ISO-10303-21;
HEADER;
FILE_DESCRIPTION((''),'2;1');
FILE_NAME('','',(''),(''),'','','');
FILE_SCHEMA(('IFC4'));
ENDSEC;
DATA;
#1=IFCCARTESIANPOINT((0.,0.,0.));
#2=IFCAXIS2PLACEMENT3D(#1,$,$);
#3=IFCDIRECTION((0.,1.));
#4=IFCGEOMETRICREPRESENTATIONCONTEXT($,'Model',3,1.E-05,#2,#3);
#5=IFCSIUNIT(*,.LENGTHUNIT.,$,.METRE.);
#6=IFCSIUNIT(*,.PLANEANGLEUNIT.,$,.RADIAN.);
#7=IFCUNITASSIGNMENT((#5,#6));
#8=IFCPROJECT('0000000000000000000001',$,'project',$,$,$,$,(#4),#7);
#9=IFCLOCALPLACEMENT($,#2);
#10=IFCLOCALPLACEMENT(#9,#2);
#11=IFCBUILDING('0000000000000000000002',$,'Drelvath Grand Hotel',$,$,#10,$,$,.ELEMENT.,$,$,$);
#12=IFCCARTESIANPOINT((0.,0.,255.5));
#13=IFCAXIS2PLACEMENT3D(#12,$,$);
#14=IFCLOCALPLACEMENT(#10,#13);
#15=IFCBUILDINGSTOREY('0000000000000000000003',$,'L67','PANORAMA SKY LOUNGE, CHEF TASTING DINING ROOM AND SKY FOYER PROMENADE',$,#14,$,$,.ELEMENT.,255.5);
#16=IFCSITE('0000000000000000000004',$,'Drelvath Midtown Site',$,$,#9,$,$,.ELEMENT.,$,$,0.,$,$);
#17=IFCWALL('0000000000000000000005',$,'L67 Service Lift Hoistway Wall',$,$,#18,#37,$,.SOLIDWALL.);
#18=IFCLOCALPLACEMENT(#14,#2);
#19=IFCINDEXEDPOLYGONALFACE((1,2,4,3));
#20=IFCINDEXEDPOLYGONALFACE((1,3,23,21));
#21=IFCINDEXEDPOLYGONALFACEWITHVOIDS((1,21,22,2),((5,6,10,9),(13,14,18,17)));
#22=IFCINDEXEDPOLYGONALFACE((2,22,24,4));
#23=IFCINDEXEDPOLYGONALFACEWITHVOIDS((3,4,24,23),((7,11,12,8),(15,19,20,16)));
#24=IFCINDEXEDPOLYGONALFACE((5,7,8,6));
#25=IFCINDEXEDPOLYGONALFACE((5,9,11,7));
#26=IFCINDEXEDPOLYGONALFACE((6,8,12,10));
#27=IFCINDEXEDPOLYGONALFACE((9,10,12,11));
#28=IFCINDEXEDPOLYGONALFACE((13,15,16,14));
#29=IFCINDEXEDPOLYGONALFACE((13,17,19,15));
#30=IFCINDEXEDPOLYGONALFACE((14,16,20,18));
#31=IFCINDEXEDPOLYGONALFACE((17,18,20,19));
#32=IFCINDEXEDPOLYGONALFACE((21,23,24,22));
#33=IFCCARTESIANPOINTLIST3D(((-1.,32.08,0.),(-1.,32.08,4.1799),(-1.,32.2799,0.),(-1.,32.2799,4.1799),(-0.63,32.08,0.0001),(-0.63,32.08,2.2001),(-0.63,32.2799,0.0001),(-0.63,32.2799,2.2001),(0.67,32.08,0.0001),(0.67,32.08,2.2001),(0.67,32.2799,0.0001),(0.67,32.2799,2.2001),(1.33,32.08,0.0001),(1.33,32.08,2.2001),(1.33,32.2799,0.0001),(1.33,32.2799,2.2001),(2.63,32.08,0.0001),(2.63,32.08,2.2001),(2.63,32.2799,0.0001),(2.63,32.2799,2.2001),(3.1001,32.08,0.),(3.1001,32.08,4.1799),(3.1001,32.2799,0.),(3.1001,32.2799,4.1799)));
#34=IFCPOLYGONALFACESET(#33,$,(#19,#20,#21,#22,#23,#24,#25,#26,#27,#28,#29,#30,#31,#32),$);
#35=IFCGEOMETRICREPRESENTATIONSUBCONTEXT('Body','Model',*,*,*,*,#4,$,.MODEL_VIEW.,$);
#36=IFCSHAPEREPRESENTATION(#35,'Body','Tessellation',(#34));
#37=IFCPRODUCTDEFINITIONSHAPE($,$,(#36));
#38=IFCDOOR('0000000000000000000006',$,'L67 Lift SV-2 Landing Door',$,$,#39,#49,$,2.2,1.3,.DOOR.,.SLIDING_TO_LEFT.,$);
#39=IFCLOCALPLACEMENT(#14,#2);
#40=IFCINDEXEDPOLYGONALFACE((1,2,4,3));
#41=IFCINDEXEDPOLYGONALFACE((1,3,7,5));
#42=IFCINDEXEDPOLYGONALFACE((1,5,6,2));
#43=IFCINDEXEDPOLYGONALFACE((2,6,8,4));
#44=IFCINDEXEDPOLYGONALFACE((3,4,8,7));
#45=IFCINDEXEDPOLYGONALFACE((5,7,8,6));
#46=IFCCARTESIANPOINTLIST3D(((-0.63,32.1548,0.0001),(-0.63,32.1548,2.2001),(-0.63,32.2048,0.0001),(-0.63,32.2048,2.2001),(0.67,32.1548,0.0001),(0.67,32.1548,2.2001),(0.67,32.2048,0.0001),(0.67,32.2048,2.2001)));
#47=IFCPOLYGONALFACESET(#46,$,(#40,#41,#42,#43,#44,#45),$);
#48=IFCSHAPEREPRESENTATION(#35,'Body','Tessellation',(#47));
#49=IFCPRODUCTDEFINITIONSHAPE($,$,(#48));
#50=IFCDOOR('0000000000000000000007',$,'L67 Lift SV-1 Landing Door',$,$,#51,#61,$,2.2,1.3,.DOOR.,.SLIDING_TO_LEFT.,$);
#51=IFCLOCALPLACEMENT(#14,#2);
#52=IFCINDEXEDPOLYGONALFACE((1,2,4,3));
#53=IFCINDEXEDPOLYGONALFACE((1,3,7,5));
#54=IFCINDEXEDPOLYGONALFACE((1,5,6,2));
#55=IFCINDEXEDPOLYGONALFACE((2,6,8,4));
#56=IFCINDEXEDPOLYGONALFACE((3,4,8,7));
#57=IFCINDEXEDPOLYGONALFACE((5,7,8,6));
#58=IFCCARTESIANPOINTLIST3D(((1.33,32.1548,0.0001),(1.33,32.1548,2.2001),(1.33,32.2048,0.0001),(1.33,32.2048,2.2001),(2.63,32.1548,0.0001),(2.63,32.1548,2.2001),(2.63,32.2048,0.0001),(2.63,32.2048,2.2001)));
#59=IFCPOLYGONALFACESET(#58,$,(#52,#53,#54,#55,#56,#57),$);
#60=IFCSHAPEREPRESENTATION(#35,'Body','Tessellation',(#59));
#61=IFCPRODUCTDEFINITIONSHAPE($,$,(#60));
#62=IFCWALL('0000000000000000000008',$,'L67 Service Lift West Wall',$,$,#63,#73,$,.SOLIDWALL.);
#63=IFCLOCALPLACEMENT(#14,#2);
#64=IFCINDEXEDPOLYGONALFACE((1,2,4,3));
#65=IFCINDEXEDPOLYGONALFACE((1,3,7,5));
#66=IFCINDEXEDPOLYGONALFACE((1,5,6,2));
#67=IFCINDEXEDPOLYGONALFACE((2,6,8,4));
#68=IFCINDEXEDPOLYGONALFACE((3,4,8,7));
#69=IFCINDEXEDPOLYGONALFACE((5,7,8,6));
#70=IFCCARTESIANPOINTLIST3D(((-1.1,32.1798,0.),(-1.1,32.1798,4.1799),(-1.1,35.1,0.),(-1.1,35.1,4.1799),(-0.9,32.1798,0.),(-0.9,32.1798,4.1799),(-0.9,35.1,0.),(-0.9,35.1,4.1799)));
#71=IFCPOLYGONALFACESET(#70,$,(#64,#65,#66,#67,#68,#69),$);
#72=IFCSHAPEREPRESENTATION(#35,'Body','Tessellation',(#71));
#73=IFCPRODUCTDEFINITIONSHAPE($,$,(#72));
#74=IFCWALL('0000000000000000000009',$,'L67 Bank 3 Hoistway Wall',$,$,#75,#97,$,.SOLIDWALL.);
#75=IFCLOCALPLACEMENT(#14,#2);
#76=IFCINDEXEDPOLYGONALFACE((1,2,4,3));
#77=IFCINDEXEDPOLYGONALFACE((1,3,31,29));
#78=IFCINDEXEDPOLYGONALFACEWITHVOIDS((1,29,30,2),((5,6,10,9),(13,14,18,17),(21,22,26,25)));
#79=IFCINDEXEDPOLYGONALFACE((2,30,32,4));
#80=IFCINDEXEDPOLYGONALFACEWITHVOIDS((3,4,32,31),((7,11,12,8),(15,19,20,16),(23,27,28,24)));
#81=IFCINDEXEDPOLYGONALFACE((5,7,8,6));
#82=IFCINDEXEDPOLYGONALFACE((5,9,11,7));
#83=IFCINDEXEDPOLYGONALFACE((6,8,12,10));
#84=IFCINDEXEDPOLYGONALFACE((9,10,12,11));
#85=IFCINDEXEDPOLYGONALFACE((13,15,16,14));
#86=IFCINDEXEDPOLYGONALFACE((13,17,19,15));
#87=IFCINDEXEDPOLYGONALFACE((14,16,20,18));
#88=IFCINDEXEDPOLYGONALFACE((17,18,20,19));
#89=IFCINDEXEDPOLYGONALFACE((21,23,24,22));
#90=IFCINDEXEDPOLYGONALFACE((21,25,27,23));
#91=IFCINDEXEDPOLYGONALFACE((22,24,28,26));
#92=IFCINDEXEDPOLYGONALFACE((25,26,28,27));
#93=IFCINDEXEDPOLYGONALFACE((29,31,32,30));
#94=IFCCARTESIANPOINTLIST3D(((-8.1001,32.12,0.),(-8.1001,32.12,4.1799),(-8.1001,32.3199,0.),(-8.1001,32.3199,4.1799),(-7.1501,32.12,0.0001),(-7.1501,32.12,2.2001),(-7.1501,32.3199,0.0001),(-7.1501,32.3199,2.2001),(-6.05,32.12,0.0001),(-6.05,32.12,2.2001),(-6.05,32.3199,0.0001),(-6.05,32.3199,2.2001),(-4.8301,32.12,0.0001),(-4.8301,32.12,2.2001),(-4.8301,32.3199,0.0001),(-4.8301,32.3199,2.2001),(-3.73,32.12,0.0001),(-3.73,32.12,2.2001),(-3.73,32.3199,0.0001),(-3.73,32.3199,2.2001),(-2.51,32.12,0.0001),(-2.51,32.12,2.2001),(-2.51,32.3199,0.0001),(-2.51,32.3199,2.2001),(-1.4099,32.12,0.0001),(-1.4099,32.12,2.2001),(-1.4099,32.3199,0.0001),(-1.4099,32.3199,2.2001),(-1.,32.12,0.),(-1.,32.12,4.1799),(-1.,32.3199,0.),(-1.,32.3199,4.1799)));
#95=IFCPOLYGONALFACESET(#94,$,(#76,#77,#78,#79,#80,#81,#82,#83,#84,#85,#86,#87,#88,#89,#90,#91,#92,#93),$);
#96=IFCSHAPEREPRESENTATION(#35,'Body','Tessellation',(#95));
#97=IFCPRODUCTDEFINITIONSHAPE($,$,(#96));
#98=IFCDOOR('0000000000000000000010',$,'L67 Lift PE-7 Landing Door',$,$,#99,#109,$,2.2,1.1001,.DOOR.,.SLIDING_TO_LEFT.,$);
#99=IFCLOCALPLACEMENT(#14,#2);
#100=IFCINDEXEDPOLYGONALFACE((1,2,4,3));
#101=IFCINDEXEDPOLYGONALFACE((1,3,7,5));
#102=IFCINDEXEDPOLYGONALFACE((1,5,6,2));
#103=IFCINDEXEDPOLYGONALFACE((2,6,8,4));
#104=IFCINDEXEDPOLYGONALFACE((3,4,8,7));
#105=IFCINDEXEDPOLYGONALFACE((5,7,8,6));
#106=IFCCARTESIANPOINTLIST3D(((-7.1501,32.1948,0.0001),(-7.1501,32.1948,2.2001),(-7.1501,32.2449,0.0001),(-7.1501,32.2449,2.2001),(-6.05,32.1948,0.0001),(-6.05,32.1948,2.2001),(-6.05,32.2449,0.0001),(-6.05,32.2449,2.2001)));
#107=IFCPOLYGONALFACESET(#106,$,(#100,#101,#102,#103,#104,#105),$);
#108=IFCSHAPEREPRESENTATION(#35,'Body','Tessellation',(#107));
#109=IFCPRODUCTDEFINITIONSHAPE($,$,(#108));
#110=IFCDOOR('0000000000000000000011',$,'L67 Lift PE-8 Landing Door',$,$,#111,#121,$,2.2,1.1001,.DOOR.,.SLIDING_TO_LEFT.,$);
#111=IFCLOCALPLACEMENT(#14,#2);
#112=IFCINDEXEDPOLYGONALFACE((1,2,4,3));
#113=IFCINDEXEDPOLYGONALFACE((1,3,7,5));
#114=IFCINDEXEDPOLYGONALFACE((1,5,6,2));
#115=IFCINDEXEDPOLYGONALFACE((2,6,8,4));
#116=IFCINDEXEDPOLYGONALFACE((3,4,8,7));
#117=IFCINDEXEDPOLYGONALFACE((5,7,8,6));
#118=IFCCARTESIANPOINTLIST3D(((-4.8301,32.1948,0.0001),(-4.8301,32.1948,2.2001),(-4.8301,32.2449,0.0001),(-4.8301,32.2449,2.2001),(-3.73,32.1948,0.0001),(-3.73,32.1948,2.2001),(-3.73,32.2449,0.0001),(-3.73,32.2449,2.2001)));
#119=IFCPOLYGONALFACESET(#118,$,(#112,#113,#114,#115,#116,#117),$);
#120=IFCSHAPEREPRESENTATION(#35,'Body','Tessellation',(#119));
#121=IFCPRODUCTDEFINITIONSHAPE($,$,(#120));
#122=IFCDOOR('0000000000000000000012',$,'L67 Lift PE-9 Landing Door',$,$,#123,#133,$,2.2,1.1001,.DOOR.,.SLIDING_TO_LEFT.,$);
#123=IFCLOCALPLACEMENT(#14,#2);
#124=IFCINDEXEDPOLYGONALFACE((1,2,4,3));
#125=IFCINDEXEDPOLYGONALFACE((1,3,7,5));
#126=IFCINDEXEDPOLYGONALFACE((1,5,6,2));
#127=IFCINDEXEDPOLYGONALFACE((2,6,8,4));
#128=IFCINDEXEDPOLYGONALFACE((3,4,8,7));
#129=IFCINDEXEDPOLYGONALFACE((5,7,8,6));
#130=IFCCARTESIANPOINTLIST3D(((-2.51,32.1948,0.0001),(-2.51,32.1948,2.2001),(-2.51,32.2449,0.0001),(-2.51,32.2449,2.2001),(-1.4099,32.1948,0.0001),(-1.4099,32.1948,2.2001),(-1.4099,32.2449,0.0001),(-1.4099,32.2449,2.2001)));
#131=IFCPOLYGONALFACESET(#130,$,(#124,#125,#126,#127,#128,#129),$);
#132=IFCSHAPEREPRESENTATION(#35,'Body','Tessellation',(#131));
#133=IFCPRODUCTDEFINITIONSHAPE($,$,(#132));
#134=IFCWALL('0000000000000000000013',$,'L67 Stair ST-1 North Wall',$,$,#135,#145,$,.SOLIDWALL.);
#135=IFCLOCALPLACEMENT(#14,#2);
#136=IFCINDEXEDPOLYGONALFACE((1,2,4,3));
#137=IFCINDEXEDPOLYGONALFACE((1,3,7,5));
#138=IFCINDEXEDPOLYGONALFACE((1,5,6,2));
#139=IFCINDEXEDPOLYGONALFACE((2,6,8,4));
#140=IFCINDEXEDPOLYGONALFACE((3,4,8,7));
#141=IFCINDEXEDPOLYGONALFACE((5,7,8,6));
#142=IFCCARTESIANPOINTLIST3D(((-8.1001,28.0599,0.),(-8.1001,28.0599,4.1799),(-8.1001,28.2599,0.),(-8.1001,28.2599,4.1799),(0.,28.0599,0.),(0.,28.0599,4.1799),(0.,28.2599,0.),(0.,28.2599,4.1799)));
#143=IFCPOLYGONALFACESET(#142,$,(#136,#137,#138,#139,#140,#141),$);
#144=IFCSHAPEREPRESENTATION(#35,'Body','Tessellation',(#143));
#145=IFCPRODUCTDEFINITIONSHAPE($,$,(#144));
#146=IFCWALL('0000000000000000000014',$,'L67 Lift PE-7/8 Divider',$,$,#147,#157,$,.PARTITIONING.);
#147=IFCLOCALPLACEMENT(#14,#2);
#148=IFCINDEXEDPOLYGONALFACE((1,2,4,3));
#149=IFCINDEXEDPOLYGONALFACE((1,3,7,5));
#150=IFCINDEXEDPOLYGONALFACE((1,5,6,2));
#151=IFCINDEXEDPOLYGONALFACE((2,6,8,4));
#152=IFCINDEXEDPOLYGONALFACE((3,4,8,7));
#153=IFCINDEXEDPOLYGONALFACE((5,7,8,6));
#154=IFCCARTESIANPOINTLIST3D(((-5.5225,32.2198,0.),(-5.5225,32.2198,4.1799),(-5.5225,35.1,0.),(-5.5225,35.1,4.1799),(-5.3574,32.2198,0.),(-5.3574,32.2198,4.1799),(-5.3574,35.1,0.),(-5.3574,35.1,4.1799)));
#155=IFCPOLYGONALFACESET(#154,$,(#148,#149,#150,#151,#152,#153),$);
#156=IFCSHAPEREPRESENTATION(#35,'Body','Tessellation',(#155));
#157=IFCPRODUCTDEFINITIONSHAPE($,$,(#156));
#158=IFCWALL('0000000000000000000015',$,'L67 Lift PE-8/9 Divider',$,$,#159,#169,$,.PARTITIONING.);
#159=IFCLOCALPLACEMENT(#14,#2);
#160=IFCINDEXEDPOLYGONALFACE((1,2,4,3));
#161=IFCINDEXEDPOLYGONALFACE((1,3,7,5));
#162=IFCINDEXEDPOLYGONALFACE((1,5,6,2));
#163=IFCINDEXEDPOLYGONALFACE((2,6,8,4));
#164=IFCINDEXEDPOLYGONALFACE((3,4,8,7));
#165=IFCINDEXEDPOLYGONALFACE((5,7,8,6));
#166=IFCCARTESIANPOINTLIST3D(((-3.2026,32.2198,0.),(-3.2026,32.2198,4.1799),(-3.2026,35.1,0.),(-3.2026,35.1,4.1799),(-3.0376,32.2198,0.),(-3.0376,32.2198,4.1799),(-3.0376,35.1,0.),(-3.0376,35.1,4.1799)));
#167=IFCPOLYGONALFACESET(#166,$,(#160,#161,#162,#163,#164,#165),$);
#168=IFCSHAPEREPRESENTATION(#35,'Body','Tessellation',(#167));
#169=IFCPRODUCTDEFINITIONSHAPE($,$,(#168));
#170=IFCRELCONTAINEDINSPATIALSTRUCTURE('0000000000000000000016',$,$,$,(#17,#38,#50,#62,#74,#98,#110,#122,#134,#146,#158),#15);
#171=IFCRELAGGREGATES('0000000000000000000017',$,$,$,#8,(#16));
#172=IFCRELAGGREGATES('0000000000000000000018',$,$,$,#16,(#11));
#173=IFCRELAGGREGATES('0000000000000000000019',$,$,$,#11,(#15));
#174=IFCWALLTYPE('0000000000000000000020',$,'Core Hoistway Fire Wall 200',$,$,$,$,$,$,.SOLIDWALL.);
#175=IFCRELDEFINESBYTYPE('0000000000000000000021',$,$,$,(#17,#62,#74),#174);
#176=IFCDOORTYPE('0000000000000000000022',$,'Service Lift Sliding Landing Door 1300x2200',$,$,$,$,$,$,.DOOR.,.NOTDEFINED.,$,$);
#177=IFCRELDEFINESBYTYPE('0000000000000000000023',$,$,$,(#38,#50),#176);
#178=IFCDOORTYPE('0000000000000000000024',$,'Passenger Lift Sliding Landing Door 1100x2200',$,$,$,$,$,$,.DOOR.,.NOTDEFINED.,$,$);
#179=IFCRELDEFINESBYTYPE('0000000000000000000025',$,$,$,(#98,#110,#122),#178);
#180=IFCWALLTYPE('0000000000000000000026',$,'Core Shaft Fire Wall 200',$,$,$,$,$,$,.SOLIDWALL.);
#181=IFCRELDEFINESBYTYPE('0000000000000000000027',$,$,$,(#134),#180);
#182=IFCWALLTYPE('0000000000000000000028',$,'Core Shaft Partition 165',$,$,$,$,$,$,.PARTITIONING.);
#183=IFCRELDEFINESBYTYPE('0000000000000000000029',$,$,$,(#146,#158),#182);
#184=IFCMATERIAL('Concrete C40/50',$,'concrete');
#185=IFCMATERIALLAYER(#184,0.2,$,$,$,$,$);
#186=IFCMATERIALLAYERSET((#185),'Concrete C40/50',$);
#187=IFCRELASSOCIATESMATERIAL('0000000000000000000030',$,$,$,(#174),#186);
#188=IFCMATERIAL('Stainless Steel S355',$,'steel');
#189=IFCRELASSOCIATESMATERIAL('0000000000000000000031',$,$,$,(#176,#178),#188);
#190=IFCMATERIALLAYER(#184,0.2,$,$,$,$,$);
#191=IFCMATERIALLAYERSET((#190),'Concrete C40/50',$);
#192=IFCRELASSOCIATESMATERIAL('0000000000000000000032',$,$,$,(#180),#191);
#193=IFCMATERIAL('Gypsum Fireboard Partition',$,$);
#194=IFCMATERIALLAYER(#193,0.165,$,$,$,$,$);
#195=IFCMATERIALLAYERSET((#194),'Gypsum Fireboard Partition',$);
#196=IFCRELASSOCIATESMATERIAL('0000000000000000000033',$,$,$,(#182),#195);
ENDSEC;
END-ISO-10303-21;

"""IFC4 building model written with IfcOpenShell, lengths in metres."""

from ifc_helpers import new_model, si_unit, direction, frame, frame_2d, origin, place, context, subcontext, project, spatial, rectangle, extrude, material, layer, layer_set, type_object, element, fill, save


model = new_model("IFC4")

# Units and contexts
model_context = context("Model", 3, precision=1e-05, world=origin(), true_north=direction((0.0, 1.0)))
body_context = subcontext(model_context, "Body", "Model", "MODEL_VIEW")
ifc_project = project(units=[si_unit("LENGTHUNIT", "METRE"), si_unit("PLANEANGLEUNIT", "RADIAN")], contexts=[model_context])

# Site, building, storey
site_placement = place(None, origin())
site = spatial("IfcSite", under=ifc_project, at=site_placement, Name="Drelvath Midtown Site", CompositionType="ELEMENT", RefElevation=0.0)
building_placement = place(site_placement, origin())
building = spatial("IfcBuilding", under=site, at=building_placement, Name="Drelvath Grand Hotel", CompositionType="ELEMENT")
storey_placement = place(building_placement, frame((0.0, 0.0, 255.5)))
storey = spatial("IfcBuildingStorey", under=building, at=storey_placement, Name="L67", Description="PANORAMA SKY LOUNGE, CHEF TASTING DINING ROOM AND SKY FOYER PROMENADE", CompositionType="ELEMENT", Elevation=255.5)

# Wall, openings, doors
ifc_material_1 = material(Name="Concrete C40/50", Category="concrete")
ifc_layer_1 = layer(ifc_material_1, 0.2)
ifc_layer_set_1 = layer_set([ifc_layer_1], Name="Concrete C40/50")
wall_type_1 = type_object("IfcWallType", Name="Core Hoistway Fire Wall 200", PredefinedType="SOLIDWALL", material=ifc_layer_set_1)
wall_1_placement = place(storey_placement, frame((-1.0, 32.1799, 0.0), z_axis=(0.0, 0.0, 1.0), x_axis=(1.0, 0.0, 0.0)))
wall_1 = element("IfcWall", 1, at=wall_1_placement, inside=storey, type_object=wall_type_1, Name="L67 Service Lift Hoistway Wall", PredefinedType="SOLIDWALL", context=body_context, shape_type="SweptSolid", body=[
    extrude(rectangle(XDim=4.1001, YDim=0.2, at=frame_2d((2.05, 0.0))), origin(), (0.0, 0.0, 1.0), 4.1799),
])
opening_1_placement = place(wall_1_placement, frame((0.3701, 0.0, 0.0)))
opening_1 = element("IfcOpeningElement", 2, at=opening_1_placement, cuts=wall_1, PredefinedType="OPENING", context=body_context, shape_type="SweptSolid", body=[
    extrude(rectangle(XDim=1.3, YDim=2.2, at=frame_2d((0.6499, 1.1001))), frame((0.0, 0.1099, 0.0), z_axis=(0.0, -1.0, 0.0), x_axis=(1.0, 0.0, 0.0)), (0.0, 0.0, 1.0), 0.22),
])
opening_2_placement = place(wall_1_placement, frame((2.3301, 0.0, 0.0)))
opening_2 = element("IfcOpeningElement", 3, at=opening_2_placement, cuts=wall_1, PredefinedType="OPENING", context=body_context, shape_type="SweptSolid", body=[
    extrude(rectangle(XDim=1.3, YDim=2.2, at=frame_2d((0.6499, 1.1001))), frame((0.0, 0.1099, 0.0), z_axis=(0.0, -1.0, 0.0), x_axis=(1.0, 0.0, 0.0)), (0.0, 0.0, 1.0), 0.22),
])
ifc_material_2 = material(Name="Stainless Steel S355", Category="steel")
door_type_1 = type_object("IfcDoorType", Name="Service Lift Sliding Landing Door 1300x2200", OperationType="NOTDEFINED", PredefinedType="DOOR", material=ifc_material_2)
door_1_placement = place(opening_1_placement, origin())
door_1 = element("IfcDoor", 4, at=door_1_placement, inside=storey, type_object=door_type_1, Name="L67 Lift SV-2 Landing Door", OperationType="SLIDING_TO_LEFT", OverallHeight=2.2, OverallWidth=1.3, PredefinedType="DOOR", context=body_context, shape_type="SweptSolid", body=[
    extrude(rectangle(XDim=1.3, YDim=2.2, at=frame_2d((0.6499, 1.1001))), frame((0.0, 0.0249, 0.0), z_axis=(0.0, -1.0, 0.0), x_axis=(1.0, 0.0, 0.0)), (0.0, 0.0, 1.0), 0.05),
])
fill(opening_1, door_1)
door_2_placement = place(opening_2_placement, origin())
door_2 = element("IfcDoor", 5, at=door_2_placement, inside=storey, type_object=door_type_1, Name="L67 Lift SV-1 Landing Door", OperationType="SLIDING_TO_LEFT", OverallHeight=2.2, OverallWidth=1.3, PredefinedType="DOOR", context=body_context, shape_type="SweptSolid", body=[
    extrude(rectangle(XDim=1.3, YDim=2.2, at=frame_2d((0.6499, 1.1001))), frame((0.0, 0.0249, 0.0), z_axis=(0.0, -1.0, 0.0), x_axis=(1.0, 0.0, 0.0)), (0.0, 0.0, 1.0), 0.05),
])
fill(opening_2, door_2)

# Wall
wall_2_placement = place(storey_placement, frame((-1.0, 32.1799, 0.0), z_axis=(0.0, 0.0, 1.0), x_axis=(0.0, 1.0, 0.0)))
element("IfcWall", 6, at=wall_2_placement, inside=storey, type_object=wall_type_1, Name="L67 Service Lift West Wall", PredefinedType="SOLIDWALL", context=body_context, shape_type="SweptSolid", body=[
    extrude(rectangle(XDim=2.9202, YDim=0.2, at=frame_2d((1.46, 0.0))), origin(), (0.0, 0.0, 1.0), 4.1799),
])

# Wall, openings, doors
wall_3_placement = place(storey_placement, frame((-8.1001, 32.22, 0.0), z_axis=(0.0, 0.0, 1.0), x_axis=(1.0, 0.0, 0.0)))
wall_3 = element("IfcWall", 7, at=wall_3_placement, inside=storey, type_object=wall_type_1, Name="L67 Bank 3 Hoistway Wall", PredefinedType="SOLIDWALL", context=body_context, shape_type="SweptSolid", body=[
    extrude(rectangle(XDim=7.1001, YDim=0.2, at=frame_2d((3.55, 0.0))), origin(), (0.0, 0.0, 1.0), 4.1799),
])
opening_3_placement = place(wall_3_placement, frame((0.95, 0.0, 0.0)))
opening_3 = element("IfcOpeningElement", 8, at=opening_3_placement, cuts=wall_3, PredefinedType="OPENING", context=body_context, shape_type="SweptSolid", body=[
    extrude(rectangle(XDim=1.1001, YDim=2.2, at=frame_2d((0.55, 1.1001))), frame((0.0, 0.1099, 0.0), z_axis=(0.0, -1.0, 0.0), x_axis=(1.0, 0.0, 0.0)), (0.0, 0.0, 1.0), 0.22),
])
opening_4_placement = place(wall_3_placement, frame((3.27, 0.0, 0.0)))
opening_4 = element("IfcOpeningElement", 9, at=opening_4_placement, cuts=wall_3, PredefinedType="OPENING", context=body_context, shape_type="SweptSolid", body=[
    extrude(rectangle(XDim=1.1001, YDim=2.2, at=frame_2d((0.55, 1.1001))), frame((0.0, 0.1099, 0.0), z_axis=(0.0, -1.0, 0.0), x_axis=(1.0, 0.0, 0.0)), (0.0, 0.0, 1.0), 0.22),
])
opening_5_placement = place(wall_3_placement, frame((5.5901, 0.0, 0.0)))
opening_5 = element("IfcOpeningElement", 10, at=opening_5_placement, cuts=wall_3, PredefinedType="OPENING", context=body_context, shape_type="SweptSolid", body=[
    extrude(rectangle(XDim=1.1001, YDim=2.2, at=frame_2d((0.55, 1.1001))), frame((0.0, 0.1099, 0.0), z_axis=(0.0, -1.0, 0.0), x_axis=(1.0, 0.0, 0.0)), (0.0, 0.0, 1.0), 0.22),
])
door_type_2 = type_object("IfcDoorType", Name="Passenger Lift Sliding Landing Door 1100x2200", OperationType="NOTDEFINED", PredefinedType="DOOR", material=ifc_material_2)
door_3_placement = place(opening_3_placement, origin())
door_3 = element("IfcDoor", 11, at=door_3_placement, inside=storey, type_object=door_type_2, Name="L67 Lift PE-7 Landing Door", OperationType="SLIDING_TO_LEFT", OverallHeight=2.2, OverallWidth=1.1001, PredefinedType="DOOR", context=body_context, shape_type="SweptSolid", body=[
    extrude(rectangle(XDim=1.1001, YDim=2.2, at=frame_2d((0.55, 1.1001))), frame((0.0, 0.0249, 0.0), z_axis=(0.0, -1.0, 0.0), x_axis=(1.0, 0.0, 0.0)), (0.0, 0.0, 1.0), 0.05),
])
fill(opening_3, door_3)
door_4_placement = place(opening_4_placement, origin())
door_4 = element("IfcDoor", 12, at=door_4_placement, inside=storey, type_object=door_type_2, Name="L67 Lift PE-8 Landing Door", OperationType="SLIDING_TO_LEFT", OverallHeight=2.2, OverallWidth=1.1001, PredefinedType="DOOR", context=body_context, shape_type="SweptSolid", body=[
    extrude(rectangle(XDim=1.1001, YDim=2.2, at=frame_2d((0.55, 1.1001))), frame((0.0, 0.0249, 0.0), z_axis=(0.0, -1.0, 0.0), x_axis=(1.0, 0.0, 0.0)), (0.0, 0.0, 1.0), 0.05),
])
fill(opening_4, door_4)
door_5_placement = place(opening_5_placement, origin())
door_5 = element("IfcDoor", 13, at=door_5_placement, inside=storey, type_object=door_type_2, Name="L67 Lift PE-9 Landing Door", OperationType="SLIDING_TO_LEFT", OverallHeight=2.2, OverallWidth=1.1001, PredefinedType="DOOR", context=body_context, shape_type="SweptSolid", body=[
    extrude(rectangle(XDim=1.1001, YDim=2.2, at=frame_2d((0.55, 1.1001))), frame((0.0, 0.0249, 0.0), z_axis=(0.0, -1.0, 0.0), x_axis=(1.0, 0.0, 0.0)), (0.0, 0.0, 1.0), 0.05),
])
fill(opening_5, door_5)

# Walls
ifc_layer_2 = layer(ifc_material_1, 0.2)
ifc_layer_set_2 = layer_set([ifc_layer_2], Name="Concrete C40/50")
wall_type_2 = type_object("IfcWallType", Name="Core Shaft Fire Wall 200", PredefinedType="SOLIDWALL", material=ifc_layer_set_2)
wall_4_placement = place(storey_placement, frame((-8.1001, 28.1599, 0.0), z_axis=(0.0, 0.0, 1.0), x_axis=(1.0, 0.0, 0.0)))
element("IfcWall", 14, at=wall_4_placement, inside=storey, type_object=wall_type_2, Name="L67 Stair ST-1 North Wall", PredefinedType="SOLIDWALL", context=body_context, shape_type="SweptSolid", body=[
    extrude(rectangle(XDim=8.1001, YDim=0.2, at=frame_2d((4.05, 0.0))), origin(), (0.0, 0.0, 1.0), 4.1799),
])
ifc_material_3 = material(Name="Gypsum Fireboard Partition")
ifc_layer_3 = layer(ifc_material_3, 0.165)
ifc_layer_set_3 = layer_set([ifc_layer_3], Name="Gypsum Fireboard Partition")
wall_type_3 = type_object("IfcWallType", Name="Core Shaft Partition 165", PredefinedType="PARTITIONING", material=ifc_layer_set_3)
for number, where, z_axis, x_axis, name in (
    (15, (-5.4399, 32.22, 0.0), (0.0, 0.0, 1.0), (0.0, 1.0, 0.0), "L67 Lift PE-7/8 Divider"),
    (16, (-3.1201, 32.22, 0.0), (0.0, 0.0, 1.0), (0.0, 1.0, 0.0), "L67 Lift PE-8/9 Divider"),
):
    element("IfcWall", number, at=place(storey_placement, frame(where, z_axis=z_axis, x_axis=x_axis)), inside=storey, type_object=wall_type_3, Name=name, PredefinedType="PARTITIONING", context=body_context, shape_type="SweptSolid", body=[
        extrude(rectangle(XDim=2.8801, YDim=0.165, at=frame_2d((1.4399, 0.0))), origin(), (0.0, 0.0, 1.0), 4.1799),
    ])

save(model, "model.ifc")
